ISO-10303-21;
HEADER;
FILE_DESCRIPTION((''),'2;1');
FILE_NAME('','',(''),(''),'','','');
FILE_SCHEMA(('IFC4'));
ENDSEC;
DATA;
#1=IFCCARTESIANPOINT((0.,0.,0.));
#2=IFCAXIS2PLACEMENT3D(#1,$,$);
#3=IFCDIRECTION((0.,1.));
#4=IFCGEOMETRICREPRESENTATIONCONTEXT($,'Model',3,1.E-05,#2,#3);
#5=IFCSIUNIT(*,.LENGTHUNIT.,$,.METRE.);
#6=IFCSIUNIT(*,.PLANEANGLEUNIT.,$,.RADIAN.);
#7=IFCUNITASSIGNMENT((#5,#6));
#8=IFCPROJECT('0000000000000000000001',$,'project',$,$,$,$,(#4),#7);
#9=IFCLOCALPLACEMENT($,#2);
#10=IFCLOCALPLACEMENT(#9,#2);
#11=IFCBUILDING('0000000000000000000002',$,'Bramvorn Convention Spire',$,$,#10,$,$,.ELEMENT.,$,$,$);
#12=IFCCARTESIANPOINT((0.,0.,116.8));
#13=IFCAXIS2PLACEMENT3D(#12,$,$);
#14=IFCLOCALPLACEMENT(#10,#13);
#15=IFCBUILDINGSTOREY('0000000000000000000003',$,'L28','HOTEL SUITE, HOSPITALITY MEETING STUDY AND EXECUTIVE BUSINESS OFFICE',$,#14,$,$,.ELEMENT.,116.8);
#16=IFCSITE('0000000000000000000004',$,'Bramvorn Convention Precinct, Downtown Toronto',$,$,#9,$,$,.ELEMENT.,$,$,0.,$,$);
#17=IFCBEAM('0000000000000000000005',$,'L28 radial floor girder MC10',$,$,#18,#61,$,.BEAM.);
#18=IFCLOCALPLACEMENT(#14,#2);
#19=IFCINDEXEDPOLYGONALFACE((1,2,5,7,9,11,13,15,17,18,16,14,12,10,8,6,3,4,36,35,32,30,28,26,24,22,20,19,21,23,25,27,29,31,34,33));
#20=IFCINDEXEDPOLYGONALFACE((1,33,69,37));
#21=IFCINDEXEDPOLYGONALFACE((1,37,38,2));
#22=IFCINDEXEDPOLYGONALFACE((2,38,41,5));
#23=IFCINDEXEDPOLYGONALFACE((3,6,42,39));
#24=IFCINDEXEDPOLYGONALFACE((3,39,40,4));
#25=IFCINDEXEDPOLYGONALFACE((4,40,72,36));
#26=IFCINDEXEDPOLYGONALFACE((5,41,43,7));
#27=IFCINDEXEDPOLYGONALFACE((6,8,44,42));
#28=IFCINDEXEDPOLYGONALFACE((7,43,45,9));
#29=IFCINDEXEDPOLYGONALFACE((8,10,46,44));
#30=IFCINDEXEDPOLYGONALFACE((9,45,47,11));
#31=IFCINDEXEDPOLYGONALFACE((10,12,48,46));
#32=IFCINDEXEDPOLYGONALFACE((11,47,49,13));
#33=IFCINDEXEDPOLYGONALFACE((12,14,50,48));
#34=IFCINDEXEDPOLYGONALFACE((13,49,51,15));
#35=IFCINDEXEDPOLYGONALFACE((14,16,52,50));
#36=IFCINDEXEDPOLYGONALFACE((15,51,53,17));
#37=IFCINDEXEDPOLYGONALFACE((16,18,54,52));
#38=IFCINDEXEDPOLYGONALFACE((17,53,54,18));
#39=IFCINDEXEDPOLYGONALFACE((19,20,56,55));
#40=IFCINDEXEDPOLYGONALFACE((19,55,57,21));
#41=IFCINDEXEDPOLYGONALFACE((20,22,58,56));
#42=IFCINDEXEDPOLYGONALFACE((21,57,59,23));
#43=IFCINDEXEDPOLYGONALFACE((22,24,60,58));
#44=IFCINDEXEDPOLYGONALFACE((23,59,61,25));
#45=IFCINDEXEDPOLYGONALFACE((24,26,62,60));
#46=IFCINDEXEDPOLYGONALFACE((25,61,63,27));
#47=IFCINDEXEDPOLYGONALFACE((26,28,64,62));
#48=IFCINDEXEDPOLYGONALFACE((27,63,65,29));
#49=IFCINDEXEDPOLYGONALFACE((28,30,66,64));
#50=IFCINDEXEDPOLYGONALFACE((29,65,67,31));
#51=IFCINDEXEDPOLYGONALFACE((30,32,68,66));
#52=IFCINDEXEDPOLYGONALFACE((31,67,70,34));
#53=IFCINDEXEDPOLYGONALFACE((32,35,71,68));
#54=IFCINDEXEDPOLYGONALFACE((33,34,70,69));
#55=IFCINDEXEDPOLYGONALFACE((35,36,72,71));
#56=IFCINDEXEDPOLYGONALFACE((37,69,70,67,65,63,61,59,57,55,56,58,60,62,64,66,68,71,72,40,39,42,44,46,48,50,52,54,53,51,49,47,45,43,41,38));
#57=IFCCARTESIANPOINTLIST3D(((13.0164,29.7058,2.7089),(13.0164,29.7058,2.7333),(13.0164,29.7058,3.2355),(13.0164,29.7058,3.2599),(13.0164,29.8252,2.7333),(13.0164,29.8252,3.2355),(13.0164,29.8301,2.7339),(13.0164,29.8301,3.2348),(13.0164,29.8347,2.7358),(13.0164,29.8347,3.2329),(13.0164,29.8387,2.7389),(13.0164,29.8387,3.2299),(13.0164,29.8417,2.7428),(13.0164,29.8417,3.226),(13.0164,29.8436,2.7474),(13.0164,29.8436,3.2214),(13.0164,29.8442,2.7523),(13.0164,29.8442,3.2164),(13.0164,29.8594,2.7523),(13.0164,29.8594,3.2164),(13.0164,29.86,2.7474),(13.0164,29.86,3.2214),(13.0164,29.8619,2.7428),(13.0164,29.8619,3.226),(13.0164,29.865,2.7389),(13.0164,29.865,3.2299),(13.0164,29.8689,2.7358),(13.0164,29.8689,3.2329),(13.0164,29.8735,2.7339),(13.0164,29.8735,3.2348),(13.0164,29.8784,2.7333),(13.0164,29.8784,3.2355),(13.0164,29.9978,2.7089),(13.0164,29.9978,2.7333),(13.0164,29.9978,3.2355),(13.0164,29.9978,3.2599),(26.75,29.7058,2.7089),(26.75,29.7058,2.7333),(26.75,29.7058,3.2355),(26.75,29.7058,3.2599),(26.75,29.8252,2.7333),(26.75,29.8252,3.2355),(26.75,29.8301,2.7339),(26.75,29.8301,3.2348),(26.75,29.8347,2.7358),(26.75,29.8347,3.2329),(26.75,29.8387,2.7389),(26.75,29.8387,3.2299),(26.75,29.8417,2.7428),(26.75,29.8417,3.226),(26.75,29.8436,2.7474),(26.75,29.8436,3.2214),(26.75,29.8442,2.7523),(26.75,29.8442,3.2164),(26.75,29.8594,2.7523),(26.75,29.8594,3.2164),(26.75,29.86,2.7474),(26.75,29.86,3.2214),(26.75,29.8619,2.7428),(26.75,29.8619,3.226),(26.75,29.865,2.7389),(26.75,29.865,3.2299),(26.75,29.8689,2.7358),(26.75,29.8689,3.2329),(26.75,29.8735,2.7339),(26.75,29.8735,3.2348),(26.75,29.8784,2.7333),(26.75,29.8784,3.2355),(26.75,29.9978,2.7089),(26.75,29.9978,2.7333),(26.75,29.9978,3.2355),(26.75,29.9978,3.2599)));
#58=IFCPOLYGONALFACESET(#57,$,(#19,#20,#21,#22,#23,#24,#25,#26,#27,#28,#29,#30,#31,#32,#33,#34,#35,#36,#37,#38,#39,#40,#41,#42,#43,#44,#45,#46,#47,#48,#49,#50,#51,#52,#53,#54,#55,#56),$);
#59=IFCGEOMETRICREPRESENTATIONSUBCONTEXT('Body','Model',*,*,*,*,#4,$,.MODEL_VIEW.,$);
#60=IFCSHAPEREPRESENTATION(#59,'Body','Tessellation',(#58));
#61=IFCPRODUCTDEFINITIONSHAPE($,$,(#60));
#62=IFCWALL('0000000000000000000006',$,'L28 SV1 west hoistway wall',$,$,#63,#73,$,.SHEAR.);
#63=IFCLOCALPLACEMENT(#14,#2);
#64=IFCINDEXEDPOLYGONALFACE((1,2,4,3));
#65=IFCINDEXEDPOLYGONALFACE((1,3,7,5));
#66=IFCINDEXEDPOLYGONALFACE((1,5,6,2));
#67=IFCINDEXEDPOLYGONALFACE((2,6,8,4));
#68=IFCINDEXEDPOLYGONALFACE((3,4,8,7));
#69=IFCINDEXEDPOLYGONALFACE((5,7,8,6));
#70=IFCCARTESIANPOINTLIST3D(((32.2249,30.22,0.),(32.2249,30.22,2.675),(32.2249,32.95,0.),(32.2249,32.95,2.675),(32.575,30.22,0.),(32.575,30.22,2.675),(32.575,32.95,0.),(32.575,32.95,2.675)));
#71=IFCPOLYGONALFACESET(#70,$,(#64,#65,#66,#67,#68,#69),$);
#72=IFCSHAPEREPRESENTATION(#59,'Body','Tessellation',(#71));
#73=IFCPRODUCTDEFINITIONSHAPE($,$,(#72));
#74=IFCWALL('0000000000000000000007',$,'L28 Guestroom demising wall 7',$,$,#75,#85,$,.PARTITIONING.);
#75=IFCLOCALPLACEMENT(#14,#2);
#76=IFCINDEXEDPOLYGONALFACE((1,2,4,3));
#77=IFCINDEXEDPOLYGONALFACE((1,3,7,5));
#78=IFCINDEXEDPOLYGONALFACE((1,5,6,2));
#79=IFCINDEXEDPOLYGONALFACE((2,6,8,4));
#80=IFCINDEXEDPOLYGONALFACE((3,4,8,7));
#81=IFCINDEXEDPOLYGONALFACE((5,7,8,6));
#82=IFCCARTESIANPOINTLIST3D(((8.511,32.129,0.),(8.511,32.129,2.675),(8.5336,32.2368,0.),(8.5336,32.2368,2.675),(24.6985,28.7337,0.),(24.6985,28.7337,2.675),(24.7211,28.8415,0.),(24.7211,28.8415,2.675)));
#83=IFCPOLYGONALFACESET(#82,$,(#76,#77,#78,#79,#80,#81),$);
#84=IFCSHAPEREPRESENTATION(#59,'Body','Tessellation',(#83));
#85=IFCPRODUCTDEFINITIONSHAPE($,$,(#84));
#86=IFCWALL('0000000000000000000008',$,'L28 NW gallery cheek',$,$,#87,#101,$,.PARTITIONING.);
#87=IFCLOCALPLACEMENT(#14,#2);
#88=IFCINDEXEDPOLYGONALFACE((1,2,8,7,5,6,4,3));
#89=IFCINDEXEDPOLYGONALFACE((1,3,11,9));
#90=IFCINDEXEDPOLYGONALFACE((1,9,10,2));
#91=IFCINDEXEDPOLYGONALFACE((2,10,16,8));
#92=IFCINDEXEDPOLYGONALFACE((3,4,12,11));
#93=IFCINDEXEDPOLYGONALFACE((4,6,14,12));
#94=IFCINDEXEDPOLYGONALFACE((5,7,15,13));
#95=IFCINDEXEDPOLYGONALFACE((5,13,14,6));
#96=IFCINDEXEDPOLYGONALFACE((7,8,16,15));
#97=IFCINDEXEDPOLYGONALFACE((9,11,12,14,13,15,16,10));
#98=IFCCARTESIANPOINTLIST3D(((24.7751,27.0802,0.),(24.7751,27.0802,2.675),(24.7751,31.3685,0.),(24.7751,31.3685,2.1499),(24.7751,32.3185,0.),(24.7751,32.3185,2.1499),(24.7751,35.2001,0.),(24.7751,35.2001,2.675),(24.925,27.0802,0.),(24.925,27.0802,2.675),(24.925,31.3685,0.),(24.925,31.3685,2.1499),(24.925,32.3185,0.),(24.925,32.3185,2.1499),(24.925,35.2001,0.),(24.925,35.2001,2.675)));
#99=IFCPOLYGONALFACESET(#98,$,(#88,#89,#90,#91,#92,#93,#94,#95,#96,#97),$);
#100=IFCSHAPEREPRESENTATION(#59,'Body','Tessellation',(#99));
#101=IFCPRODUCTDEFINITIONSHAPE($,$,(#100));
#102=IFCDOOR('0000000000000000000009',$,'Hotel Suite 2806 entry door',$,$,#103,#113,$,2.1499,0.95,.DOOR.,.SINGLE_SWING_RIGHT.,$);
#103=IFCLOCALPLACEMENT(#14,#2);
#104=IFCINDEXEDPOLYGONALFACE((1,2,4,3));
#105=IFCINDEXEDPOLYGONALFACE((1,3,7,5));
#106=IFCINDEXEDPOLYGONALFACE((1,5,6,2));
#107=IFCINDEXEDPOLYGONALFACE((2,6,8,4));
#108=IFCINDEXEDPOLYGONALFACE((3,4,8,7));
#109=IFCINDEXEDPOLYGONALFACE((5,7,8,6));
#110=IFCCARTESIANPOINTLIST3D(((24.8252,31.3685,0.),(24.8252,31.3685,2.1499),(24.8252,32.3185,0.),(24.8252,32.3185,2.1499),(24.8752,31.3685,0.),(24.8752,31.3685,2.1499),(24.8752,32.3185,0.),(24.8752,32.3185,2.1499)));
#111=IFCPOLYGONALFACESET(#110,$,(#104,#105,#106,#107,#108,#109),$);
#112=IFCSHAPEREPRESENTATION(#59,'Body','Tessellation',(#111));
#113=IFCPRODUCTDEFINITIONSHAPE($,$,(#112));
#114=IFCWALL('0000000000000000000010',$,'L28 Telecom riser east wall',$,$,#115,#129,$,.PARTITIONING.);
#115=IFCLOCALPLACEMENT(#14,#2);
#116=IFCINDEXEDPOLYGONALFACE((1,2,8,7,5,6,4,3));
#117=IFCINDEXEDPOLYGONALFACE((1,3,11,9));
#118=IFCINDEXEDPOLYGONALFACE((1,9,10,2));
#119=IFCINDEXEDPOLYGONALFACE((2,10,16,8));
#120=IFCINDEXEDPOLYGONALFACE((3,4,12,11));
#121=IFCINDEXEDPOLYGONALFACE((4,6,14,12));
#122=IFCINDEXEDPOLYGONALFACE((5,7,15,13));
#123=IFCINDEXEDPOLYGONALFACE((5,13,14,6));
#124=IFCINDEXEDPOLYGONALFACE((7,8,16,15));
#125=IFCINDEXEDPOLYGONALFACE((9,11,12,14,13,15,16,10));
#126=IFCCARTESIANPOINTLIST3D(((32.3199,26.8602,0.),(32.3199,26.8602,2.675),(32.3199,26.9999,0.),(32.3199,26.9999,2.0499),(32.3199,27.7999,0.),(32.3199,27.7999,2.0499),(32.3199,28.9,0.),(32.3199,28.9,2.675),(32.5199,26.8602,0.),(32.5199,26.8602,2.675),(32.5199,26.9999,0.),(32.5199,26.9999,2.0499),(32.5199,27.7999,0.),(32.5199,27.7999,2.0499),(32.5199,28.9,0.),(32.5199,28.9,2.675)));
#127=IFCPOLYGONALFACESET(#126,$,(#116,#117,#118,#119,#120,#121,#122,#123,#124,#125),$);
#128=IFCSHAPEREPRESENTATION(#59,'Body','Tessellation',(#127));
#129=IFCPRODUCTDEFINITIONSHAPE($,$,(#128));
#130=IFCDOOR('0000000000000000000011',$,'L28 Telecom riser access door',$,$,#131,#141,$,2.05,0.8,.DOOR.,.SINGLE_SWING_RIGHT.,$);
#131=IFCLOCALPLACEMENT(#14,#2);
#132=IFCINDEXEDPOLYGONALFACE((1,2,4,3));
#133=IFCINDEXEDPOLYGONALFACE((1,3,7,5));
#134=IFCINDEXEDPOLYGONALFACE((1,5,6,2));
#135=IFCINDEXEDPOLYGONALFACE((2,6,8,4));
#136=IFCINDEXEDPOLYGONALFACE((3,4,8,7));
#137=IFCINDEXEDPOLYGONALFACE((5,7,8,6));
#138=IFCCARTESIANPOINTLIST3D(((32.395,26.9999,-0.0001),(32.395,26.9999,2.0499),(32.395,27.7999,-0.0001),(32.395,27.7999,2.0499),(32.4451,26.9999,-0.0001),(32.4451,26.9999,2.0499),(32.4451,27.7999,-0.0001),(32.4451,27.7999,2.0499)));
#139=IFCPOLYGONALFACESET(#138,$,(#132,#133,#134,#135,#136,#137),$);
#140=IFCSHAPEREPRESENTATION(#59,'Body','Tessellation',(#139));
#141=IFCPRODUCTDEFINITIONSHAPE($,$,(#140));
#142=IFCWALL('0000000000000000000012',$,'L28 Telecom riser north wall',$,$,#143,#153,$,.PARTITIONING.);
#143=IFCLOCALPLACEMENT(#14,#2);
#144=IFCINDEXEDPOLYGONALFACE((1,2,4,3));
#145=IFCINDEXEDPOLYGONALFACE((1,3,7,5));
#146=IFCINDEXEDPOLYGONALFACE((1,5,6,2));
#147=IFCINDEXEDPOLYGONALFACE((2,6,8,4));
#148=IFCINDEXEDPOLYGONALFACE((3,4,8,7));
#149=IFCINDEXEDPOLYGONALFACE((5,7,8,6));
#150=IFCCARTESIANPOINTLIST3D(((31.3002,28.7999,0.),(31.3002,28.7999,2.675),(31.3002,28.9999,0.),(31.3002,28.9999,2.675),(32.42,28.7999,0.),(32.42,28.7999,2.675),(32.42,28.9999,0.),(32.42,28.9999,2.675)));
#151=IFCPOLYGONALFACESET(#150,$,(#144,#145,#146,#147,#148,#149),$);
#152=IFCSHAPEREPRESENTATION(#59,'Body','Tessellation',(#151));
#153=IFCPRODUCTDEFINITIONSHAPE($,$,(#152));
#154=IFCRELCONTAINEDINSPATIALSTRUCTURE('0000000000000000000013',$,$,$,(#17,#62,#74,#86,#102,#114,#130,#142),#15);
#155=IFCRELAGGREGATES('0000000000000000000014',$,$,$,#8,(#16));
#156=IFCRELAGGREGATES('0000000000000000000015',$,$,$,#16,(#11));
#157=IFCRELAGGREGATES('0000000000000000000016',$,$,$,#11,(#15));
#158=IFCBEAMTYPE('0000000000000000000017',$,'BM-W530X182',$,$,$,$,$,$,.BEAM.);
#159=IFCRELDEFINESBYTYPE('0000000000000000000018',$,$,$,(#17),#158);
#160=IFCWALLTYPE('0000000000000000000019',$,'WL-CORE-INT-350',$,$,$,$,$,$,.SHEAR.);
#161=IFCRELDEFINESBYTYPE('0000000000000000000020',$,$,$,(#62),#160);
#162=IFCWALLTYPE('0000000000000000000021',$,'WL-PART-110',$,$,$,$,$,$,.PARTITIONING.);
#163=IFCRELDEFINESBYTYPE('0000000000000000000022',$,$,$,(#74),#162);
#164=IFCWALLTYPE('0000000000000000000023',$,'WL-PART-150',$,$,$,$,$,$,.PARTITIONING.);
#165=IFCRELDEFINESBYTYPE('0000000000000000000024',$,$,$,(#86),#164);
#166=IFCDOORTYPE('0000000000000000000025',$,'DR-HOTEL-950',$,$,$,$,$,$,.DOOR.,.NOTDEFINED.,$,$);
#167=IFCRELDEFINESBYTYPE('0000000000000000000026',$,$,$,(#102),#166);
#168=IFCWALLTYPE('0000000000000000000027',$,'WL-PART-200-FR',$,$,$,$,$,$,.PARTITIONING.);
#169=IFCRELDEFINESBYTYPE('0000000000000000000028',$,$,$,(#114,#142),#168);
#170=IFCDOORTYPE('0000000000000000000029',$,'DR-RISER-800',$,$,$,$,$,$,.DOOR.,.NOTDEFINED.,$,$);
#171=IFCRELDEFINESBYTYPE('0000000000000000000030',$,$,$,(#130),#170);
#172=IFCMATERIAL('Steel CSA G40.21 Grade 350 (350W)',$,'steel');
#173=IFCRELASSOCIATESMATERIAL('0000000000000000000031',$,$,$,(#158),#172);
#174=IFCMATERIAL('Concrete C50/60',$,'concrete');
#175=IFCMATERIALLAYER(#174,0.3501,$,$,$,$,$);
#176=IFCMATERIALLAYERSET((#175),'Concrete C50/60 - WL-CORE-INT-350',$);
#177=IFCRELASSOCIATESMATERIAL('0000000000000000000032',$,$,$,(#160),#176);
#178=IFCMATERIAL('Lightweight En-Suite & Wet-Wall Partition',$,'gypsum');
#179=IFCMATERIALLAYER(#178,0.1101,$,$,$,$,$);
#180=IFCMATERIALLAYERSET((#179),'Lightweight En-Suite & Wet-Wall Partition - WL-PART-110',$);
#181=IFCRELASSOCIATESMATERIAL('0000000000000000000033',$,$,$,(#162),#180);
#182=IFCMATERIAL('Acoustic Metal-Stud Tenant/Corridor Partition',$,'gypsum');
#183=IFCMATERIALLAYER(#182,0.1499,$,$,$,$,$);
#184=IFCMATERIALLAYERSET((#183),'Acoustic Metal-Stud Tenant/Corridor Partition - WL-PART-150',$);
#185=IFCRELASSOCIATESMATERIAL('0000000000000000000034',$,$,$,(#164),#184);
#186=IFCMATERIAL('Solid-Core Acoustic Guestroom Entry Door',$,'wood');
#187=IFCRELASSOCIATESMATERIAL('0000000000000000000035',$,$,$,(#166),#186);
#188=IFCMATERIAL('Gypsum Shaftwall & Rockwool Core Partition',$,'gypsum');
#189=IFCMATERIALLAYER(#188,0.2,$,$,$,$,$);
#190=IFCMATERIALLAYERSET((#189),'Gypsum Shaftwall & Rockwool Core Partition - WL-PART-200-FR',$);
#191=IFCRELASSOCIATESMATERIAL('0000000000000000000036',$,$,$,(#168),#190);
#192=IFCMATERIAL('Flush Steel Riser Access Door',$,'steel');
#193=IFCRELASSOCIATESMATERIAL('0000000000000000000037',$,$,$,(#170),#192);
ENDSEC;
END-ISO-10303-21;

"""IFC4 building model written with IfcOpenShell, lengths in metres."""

from ifc_helpers import new_model, si_unit, direction, frame, frame_2d, origin, origin_2d, place, context, subcontext, project, spatial, rectangle, i_section, extrude, material, layer, layer_set, material_profile, profile_set, type_object, element, fill, save


model = new_model("IFC4")

# Units and contexts
model_context = context("Model", 3, precision=1e-05, world=origin(), true_north=direction((0.0, 1.0)))
body_context = subcontext(model_context, "Body", "Model", "MODEL_VIEW")
ifc_project = project(units=[si_unit("LENGTHUNIT", "METRE"), si_unit("PLANEANGLEUNIT", "RADIAN")], contexts=[model_context])

# Site, building, storey
site_placement = place(None, origin())
site = spatial("IfcSite", under=ifc_project, at=site_placement, Name="Bramvorn Convention Precinct, Downtown Toronto", CompositionType="ELEMENT", RefElevation=0.0)
building_placement = place(site_placement, origin())
building = spatial("IfcBuilding", under=site, at=building_placement, Name="Bramvorn Convention Spire", CompositionType="ELEMENT")
storey_placement = place(building_placement, frame((0.0, 0.0, 116.8)))
storey = spatial("IfcBuildingStorey", under=building, at=storey_placement, Name="L28", Description="HOTEL SUITE, HOSPITALITY MEETING STUDY AND EXECUTIVE BUSINESS OFFICE", CompositionType="ELEMENT", Elevation=116.8)

# Beam
ifc_material_1 = material(Name="Steel CSA G40.21 Grade 350 (350W)", Category="steel")
ifc_material_profile = material_profile(ifc_material_1, i_section(OverallWidth=0.292, OverallDepth=0.551, WebThickness=0.0151, FlangeThickness=0.0244, FilletRadius=0.019, at=origin_2d()))
ifc_profile_set = profile_set([ifc_material_profile], Name="Steel CSA G40.21 Grade 350 (350W) - W530X182")
beam_type = type_object("IfcBeamType", Name="BM-W530X182", PredefinedType="BEAM", material=ifc_profile_set)
beam_placement = place(storey_placement, frame((26.75, 29.8518, 2.9844), z_axis=(-1.0, 0.0, 0.0), x_axis=(0.0, -1.0, 0.0)))
element("IfcBeam", 1, at=beam_placement, inside=storey, type_object=beam_type, Name="L28 radial floor girder MC10", PredefinedType="BEAM", context=body_context, shape_type="SweptSolid", body=[
    extrude(i_section(OverallWidth=0.292, OverallDepth=0.551, WebThickness=0.0151, FlangeThickness=0.0244, FilletRadius=0.019, at=origin_2d()), origin(), (0.0, 0.0, 1.0), 13.7336),
])

# Shared definitions
ifc_material_2 = material(Name="Concrete C50/60", Category="concrete")
ifc_layer_1 = layer(ifc_material_2, 0.3501)
ifc_layer_set_1 = layer_set([ifc_layer_1], Name="Concrete C50/60 - WL-CORE-INT-350")
wall_type_1 = type_object("IfcWallType", Name="WL-CORE-INT-350", PredefinedType="SHEAR", material=ifc_layer_set_1)

# Walls
wall_1_placement = place(storey_placement, frame((32.3999, 30.22, 0.0), z_axis=(0.0, 0.0, 1.0), x_axis=(0.0, 1.0, 0.0)))
element("IfcWall", 2, at=wall_1_placement, inside=storey, type_object=wall_type_1, Name="L28 SV1 west hoistway wall", PredefinedType="SHEAR", context=body_context, shape_type="SweptSolid", body=[
    extrude(rectangle(XDim=2.73, YDim=0.3501, at=frame_2d((1.365, 0.0))), origin(), (0.0, 0.0, 1.0), 2.675),
])
ifc_material_3 = material(Name="Lightweight En-Suite & Wet-Wall Partition", Category="gypsum")
ifc_layer_2 = layer(ifc_material_3, 0.1101)
ifc_layer_set_2 = layer_set([ifc_layer_2], Name="Lightweight En-Suite & Wet-Wall Partition - WL-PART-110")
wall_type_2 = type_object("IfcWallType", Name="WL-PART-110", PredefinedType="PARTITIONING", material=ifc_layer_set_2)
wall_2_placement = place(storey_placement, frame((24.71, 28.7876, 0.0), z_axis=(0.0, 0.0, 1.0), x_axis=(-0.978703, 0.205279, 0.0)))
element("IfcWall", 3, at=wall_2_placement, inside=storey, type_object=wall_type_2, Name="L28 Guestroom demising wall 7", PredefinedType="PARTITIONING", context=body_context, shape_type="SweptSolid", body=[
    extrude(rectangle(XDim=16.5398, YDim=0.1101, at=frame_2d((8.27, 0.0))), origin(), (0.0, 0.0, 1.0), 2.675),
])

# Walls, openings, doors
ifc_material_4 = material(Name="Acoustic Metal-Stud Tenant/Corridor Partition", Category="gypsum")
ifc_layer_3 = layer(ifc_material_4, 0.1499)
ifc_layer_set_3 = layer_set([ifc_layer_3], Name="Acoustic Metal-Stud Tenant/Corridor Partition - WL-PART-150")
wall_type_3 = type_object("IfcWallType", Name="WL-PART-150", PredefinedType="PARTITIONING", material=ifc_layer_set_3)
wall_3_placement = place(storey_placement, frame((24.8501, 27.0801, 0.0), z_axis=(0.0, 0.0, 1.0), x_axis=(0.0, 1.0, 0.0)))
wall_3 = element("IfcWall", 4, at=wall_3_placement, inside=storey, type_object=wall_type_3, Name="L28 NW gallery cheek", PredefinedType="PARTITIONING", context=body_context, shape_type="SweptSolid", body=[
    extrude(rectangle(XDim=8.1199, YDim=0.1499, at=frame_2d((4.0601, 0.0))), origin(), (0.0, 0.0, 1.0), 2.675),
])
opening_1_placement = place(wall_3_placement, frame((4.2883, 0.0, 0.0)))
opening_1 = element("IfcOpeningElement", 5, at=opening_1_placement, cuts=wall_3, PredefinedType="OPENING", context=body_context, shape_type="SweptSolid", body=[
    extrude(rectangle(XDim=0.95, YDim=2.1499, at=frame_2d((0.4751, 1.075))), frame((0.0, 0.085, 0.0), z_axis=(0.0, -1.0, 0.0), x_axis=(1.0, 0.0, 0.0)), (0.0, 0.0, 1.0), 0.1699),
])
ifc_material_5 = material(Name="Solid-Core Acoustic Guestroom Entry Door", Category="wood")
door_type_1 = type_object("IfcDoorType", Name="DR-HOTEL-950", OperationType="NOTDEFINED", PredefinedType="DOOR", material=ifc_material_5)
door_1_placement = place(opening_1_placement, origin())
door_1 = element("IfcDoor", 6, at=door_1_placement, inside=storey, type_object=door_type_1, Name="Hotel Suite 2806 entry door", OperationType="SINGLE_SWING_RIGHT", OverallHeight=2.1499, OverallWidth=0.95, PredefinedType="DOOR", context=body_context, shape_type="SweptSolid", body=[
    extrude(rectangle(XDim=0.95, YDim=2.1499, at=frame_2d((0.4751, 1.075))), frame((0.0, 0.0249, 0.0), z_axis=(0.0, -1.0, 0.0), x_axis=(1.0, 0.0, 0.0)), (0.0, 0.0, 1.0), 0.05),
])
fill(opening_1, door_1)
ifc_material_6 = material(Name="Gypsum Shaftwall & Rockwool Core Partition", Category="gypsum")
ifc_layer_4 = layer(ifc_material_6, 0.2)
ifc_layer_set_4 = layer_set([ifc_layer_4], Name="Gypsum Shaftwall & Rockwool Core Partition - WL-PART-200-FR")
wall_type_4 = type_object("IfcWallType", Name="WL-PART-200-FR", PredefinedType="PARTITIONING", material=ifc_layer_set_4)
wall_4_placement = place(storey_placement, frame((32.4199, 26.8601, 0.0), z_axis=(0.0, 0.0, 1.0), x_axis=(0.0, 1.0, 0.0)))
wall_4 = element("IfcWall", 7, at=wall_4_placement, inside=storey, type_object=wall_type_4, Name="L28 Telecom riser east wall", PredefinedType="PARTITIONING", context=body_context, shape_type="SweptSolid", body=[
    extrude(rectangle(XDim=2.0398, YDim=0.2, at=frame_2d((1.02, 0.0))), origin(), (0.0, 0.0, 1.0), 2.675),
])
opening_2_placement = place(wall_4_placement, frame((0.1399, 0.0, 0.0)))
opening_2 = element("IfcOpeningElement", 8, at=opening_2_placement, cuts=wall_4, PredefinedType="OPENING", context=body_context, shape_type="SweptSolid", body=[
    extrude(rectangle(XDim=0.8, YDim=2.05, at=frame_2d((0.3999, 1.0249))), frame((0.0, 0.1099, 0.0), z_axis=(0.0, -1.0, 0.0), x_axis=(1.0, 0.0, 0.0)), (0.0, 0.0, 1.0), 0.22),
])
ifc_material_7 = material(Name="Flush Steel Riser Access Door", Category="steel")
door_type_2 = type_object("IfcDoorType", Name="DR-RISER-800", OperationType="NOTDEFINED", PredefinedType="DOOR", material=ifc_material_7)
door_2_placement = place(opening_2_placement, origin())
door_2 = element("IfcDoor", 9, at=door_2_placement, inside=storey, type_object=door_type_2, Name="L28 Telecom riser access door", OperationType="SINGLE_SWING_RIGHT", OverallHeight=2.05, OverallWidth=0.8, PredefinedType="DOOR", context=body_context, shape_type="SweptSolid", body=[
    extrude(rectangle(XDim=0.8, YDim=2.05, at=frame_2d((0.3999, 1.0249))), frame((0.0, 0.0249, 0.0), z_axis=(0.0, -1.0, 0.0), x_axis=(1.0, 0.0, 0.0)), (0.0, 0.0, 1.0), 0.05),
])
fill(opening_2, door_2)

# Wall
wall_5_placement = place(storey_placement, frame((31.3, 28.8999, 0.0), z_axis=(0.0, 0.0, 1.0), x_axis=(1.0, 0.0, 0.0)))
element("IfcWall", 10, at=wall_5_placement, inside=storey, type_object=wall_type_4, Name="L28 Telecom riser north wall", PredefinedType="PARTITIONING", context=body_context, shape_type="SweptSolid", body=[
    extrude(rectangle(XDim=1.1199, YDim=0.2, at=frame_2d((0.5601, 0.0))), origin(), (0.0, 0.0, 1.0), 2.675),
])

save(model, "model.ifc")
